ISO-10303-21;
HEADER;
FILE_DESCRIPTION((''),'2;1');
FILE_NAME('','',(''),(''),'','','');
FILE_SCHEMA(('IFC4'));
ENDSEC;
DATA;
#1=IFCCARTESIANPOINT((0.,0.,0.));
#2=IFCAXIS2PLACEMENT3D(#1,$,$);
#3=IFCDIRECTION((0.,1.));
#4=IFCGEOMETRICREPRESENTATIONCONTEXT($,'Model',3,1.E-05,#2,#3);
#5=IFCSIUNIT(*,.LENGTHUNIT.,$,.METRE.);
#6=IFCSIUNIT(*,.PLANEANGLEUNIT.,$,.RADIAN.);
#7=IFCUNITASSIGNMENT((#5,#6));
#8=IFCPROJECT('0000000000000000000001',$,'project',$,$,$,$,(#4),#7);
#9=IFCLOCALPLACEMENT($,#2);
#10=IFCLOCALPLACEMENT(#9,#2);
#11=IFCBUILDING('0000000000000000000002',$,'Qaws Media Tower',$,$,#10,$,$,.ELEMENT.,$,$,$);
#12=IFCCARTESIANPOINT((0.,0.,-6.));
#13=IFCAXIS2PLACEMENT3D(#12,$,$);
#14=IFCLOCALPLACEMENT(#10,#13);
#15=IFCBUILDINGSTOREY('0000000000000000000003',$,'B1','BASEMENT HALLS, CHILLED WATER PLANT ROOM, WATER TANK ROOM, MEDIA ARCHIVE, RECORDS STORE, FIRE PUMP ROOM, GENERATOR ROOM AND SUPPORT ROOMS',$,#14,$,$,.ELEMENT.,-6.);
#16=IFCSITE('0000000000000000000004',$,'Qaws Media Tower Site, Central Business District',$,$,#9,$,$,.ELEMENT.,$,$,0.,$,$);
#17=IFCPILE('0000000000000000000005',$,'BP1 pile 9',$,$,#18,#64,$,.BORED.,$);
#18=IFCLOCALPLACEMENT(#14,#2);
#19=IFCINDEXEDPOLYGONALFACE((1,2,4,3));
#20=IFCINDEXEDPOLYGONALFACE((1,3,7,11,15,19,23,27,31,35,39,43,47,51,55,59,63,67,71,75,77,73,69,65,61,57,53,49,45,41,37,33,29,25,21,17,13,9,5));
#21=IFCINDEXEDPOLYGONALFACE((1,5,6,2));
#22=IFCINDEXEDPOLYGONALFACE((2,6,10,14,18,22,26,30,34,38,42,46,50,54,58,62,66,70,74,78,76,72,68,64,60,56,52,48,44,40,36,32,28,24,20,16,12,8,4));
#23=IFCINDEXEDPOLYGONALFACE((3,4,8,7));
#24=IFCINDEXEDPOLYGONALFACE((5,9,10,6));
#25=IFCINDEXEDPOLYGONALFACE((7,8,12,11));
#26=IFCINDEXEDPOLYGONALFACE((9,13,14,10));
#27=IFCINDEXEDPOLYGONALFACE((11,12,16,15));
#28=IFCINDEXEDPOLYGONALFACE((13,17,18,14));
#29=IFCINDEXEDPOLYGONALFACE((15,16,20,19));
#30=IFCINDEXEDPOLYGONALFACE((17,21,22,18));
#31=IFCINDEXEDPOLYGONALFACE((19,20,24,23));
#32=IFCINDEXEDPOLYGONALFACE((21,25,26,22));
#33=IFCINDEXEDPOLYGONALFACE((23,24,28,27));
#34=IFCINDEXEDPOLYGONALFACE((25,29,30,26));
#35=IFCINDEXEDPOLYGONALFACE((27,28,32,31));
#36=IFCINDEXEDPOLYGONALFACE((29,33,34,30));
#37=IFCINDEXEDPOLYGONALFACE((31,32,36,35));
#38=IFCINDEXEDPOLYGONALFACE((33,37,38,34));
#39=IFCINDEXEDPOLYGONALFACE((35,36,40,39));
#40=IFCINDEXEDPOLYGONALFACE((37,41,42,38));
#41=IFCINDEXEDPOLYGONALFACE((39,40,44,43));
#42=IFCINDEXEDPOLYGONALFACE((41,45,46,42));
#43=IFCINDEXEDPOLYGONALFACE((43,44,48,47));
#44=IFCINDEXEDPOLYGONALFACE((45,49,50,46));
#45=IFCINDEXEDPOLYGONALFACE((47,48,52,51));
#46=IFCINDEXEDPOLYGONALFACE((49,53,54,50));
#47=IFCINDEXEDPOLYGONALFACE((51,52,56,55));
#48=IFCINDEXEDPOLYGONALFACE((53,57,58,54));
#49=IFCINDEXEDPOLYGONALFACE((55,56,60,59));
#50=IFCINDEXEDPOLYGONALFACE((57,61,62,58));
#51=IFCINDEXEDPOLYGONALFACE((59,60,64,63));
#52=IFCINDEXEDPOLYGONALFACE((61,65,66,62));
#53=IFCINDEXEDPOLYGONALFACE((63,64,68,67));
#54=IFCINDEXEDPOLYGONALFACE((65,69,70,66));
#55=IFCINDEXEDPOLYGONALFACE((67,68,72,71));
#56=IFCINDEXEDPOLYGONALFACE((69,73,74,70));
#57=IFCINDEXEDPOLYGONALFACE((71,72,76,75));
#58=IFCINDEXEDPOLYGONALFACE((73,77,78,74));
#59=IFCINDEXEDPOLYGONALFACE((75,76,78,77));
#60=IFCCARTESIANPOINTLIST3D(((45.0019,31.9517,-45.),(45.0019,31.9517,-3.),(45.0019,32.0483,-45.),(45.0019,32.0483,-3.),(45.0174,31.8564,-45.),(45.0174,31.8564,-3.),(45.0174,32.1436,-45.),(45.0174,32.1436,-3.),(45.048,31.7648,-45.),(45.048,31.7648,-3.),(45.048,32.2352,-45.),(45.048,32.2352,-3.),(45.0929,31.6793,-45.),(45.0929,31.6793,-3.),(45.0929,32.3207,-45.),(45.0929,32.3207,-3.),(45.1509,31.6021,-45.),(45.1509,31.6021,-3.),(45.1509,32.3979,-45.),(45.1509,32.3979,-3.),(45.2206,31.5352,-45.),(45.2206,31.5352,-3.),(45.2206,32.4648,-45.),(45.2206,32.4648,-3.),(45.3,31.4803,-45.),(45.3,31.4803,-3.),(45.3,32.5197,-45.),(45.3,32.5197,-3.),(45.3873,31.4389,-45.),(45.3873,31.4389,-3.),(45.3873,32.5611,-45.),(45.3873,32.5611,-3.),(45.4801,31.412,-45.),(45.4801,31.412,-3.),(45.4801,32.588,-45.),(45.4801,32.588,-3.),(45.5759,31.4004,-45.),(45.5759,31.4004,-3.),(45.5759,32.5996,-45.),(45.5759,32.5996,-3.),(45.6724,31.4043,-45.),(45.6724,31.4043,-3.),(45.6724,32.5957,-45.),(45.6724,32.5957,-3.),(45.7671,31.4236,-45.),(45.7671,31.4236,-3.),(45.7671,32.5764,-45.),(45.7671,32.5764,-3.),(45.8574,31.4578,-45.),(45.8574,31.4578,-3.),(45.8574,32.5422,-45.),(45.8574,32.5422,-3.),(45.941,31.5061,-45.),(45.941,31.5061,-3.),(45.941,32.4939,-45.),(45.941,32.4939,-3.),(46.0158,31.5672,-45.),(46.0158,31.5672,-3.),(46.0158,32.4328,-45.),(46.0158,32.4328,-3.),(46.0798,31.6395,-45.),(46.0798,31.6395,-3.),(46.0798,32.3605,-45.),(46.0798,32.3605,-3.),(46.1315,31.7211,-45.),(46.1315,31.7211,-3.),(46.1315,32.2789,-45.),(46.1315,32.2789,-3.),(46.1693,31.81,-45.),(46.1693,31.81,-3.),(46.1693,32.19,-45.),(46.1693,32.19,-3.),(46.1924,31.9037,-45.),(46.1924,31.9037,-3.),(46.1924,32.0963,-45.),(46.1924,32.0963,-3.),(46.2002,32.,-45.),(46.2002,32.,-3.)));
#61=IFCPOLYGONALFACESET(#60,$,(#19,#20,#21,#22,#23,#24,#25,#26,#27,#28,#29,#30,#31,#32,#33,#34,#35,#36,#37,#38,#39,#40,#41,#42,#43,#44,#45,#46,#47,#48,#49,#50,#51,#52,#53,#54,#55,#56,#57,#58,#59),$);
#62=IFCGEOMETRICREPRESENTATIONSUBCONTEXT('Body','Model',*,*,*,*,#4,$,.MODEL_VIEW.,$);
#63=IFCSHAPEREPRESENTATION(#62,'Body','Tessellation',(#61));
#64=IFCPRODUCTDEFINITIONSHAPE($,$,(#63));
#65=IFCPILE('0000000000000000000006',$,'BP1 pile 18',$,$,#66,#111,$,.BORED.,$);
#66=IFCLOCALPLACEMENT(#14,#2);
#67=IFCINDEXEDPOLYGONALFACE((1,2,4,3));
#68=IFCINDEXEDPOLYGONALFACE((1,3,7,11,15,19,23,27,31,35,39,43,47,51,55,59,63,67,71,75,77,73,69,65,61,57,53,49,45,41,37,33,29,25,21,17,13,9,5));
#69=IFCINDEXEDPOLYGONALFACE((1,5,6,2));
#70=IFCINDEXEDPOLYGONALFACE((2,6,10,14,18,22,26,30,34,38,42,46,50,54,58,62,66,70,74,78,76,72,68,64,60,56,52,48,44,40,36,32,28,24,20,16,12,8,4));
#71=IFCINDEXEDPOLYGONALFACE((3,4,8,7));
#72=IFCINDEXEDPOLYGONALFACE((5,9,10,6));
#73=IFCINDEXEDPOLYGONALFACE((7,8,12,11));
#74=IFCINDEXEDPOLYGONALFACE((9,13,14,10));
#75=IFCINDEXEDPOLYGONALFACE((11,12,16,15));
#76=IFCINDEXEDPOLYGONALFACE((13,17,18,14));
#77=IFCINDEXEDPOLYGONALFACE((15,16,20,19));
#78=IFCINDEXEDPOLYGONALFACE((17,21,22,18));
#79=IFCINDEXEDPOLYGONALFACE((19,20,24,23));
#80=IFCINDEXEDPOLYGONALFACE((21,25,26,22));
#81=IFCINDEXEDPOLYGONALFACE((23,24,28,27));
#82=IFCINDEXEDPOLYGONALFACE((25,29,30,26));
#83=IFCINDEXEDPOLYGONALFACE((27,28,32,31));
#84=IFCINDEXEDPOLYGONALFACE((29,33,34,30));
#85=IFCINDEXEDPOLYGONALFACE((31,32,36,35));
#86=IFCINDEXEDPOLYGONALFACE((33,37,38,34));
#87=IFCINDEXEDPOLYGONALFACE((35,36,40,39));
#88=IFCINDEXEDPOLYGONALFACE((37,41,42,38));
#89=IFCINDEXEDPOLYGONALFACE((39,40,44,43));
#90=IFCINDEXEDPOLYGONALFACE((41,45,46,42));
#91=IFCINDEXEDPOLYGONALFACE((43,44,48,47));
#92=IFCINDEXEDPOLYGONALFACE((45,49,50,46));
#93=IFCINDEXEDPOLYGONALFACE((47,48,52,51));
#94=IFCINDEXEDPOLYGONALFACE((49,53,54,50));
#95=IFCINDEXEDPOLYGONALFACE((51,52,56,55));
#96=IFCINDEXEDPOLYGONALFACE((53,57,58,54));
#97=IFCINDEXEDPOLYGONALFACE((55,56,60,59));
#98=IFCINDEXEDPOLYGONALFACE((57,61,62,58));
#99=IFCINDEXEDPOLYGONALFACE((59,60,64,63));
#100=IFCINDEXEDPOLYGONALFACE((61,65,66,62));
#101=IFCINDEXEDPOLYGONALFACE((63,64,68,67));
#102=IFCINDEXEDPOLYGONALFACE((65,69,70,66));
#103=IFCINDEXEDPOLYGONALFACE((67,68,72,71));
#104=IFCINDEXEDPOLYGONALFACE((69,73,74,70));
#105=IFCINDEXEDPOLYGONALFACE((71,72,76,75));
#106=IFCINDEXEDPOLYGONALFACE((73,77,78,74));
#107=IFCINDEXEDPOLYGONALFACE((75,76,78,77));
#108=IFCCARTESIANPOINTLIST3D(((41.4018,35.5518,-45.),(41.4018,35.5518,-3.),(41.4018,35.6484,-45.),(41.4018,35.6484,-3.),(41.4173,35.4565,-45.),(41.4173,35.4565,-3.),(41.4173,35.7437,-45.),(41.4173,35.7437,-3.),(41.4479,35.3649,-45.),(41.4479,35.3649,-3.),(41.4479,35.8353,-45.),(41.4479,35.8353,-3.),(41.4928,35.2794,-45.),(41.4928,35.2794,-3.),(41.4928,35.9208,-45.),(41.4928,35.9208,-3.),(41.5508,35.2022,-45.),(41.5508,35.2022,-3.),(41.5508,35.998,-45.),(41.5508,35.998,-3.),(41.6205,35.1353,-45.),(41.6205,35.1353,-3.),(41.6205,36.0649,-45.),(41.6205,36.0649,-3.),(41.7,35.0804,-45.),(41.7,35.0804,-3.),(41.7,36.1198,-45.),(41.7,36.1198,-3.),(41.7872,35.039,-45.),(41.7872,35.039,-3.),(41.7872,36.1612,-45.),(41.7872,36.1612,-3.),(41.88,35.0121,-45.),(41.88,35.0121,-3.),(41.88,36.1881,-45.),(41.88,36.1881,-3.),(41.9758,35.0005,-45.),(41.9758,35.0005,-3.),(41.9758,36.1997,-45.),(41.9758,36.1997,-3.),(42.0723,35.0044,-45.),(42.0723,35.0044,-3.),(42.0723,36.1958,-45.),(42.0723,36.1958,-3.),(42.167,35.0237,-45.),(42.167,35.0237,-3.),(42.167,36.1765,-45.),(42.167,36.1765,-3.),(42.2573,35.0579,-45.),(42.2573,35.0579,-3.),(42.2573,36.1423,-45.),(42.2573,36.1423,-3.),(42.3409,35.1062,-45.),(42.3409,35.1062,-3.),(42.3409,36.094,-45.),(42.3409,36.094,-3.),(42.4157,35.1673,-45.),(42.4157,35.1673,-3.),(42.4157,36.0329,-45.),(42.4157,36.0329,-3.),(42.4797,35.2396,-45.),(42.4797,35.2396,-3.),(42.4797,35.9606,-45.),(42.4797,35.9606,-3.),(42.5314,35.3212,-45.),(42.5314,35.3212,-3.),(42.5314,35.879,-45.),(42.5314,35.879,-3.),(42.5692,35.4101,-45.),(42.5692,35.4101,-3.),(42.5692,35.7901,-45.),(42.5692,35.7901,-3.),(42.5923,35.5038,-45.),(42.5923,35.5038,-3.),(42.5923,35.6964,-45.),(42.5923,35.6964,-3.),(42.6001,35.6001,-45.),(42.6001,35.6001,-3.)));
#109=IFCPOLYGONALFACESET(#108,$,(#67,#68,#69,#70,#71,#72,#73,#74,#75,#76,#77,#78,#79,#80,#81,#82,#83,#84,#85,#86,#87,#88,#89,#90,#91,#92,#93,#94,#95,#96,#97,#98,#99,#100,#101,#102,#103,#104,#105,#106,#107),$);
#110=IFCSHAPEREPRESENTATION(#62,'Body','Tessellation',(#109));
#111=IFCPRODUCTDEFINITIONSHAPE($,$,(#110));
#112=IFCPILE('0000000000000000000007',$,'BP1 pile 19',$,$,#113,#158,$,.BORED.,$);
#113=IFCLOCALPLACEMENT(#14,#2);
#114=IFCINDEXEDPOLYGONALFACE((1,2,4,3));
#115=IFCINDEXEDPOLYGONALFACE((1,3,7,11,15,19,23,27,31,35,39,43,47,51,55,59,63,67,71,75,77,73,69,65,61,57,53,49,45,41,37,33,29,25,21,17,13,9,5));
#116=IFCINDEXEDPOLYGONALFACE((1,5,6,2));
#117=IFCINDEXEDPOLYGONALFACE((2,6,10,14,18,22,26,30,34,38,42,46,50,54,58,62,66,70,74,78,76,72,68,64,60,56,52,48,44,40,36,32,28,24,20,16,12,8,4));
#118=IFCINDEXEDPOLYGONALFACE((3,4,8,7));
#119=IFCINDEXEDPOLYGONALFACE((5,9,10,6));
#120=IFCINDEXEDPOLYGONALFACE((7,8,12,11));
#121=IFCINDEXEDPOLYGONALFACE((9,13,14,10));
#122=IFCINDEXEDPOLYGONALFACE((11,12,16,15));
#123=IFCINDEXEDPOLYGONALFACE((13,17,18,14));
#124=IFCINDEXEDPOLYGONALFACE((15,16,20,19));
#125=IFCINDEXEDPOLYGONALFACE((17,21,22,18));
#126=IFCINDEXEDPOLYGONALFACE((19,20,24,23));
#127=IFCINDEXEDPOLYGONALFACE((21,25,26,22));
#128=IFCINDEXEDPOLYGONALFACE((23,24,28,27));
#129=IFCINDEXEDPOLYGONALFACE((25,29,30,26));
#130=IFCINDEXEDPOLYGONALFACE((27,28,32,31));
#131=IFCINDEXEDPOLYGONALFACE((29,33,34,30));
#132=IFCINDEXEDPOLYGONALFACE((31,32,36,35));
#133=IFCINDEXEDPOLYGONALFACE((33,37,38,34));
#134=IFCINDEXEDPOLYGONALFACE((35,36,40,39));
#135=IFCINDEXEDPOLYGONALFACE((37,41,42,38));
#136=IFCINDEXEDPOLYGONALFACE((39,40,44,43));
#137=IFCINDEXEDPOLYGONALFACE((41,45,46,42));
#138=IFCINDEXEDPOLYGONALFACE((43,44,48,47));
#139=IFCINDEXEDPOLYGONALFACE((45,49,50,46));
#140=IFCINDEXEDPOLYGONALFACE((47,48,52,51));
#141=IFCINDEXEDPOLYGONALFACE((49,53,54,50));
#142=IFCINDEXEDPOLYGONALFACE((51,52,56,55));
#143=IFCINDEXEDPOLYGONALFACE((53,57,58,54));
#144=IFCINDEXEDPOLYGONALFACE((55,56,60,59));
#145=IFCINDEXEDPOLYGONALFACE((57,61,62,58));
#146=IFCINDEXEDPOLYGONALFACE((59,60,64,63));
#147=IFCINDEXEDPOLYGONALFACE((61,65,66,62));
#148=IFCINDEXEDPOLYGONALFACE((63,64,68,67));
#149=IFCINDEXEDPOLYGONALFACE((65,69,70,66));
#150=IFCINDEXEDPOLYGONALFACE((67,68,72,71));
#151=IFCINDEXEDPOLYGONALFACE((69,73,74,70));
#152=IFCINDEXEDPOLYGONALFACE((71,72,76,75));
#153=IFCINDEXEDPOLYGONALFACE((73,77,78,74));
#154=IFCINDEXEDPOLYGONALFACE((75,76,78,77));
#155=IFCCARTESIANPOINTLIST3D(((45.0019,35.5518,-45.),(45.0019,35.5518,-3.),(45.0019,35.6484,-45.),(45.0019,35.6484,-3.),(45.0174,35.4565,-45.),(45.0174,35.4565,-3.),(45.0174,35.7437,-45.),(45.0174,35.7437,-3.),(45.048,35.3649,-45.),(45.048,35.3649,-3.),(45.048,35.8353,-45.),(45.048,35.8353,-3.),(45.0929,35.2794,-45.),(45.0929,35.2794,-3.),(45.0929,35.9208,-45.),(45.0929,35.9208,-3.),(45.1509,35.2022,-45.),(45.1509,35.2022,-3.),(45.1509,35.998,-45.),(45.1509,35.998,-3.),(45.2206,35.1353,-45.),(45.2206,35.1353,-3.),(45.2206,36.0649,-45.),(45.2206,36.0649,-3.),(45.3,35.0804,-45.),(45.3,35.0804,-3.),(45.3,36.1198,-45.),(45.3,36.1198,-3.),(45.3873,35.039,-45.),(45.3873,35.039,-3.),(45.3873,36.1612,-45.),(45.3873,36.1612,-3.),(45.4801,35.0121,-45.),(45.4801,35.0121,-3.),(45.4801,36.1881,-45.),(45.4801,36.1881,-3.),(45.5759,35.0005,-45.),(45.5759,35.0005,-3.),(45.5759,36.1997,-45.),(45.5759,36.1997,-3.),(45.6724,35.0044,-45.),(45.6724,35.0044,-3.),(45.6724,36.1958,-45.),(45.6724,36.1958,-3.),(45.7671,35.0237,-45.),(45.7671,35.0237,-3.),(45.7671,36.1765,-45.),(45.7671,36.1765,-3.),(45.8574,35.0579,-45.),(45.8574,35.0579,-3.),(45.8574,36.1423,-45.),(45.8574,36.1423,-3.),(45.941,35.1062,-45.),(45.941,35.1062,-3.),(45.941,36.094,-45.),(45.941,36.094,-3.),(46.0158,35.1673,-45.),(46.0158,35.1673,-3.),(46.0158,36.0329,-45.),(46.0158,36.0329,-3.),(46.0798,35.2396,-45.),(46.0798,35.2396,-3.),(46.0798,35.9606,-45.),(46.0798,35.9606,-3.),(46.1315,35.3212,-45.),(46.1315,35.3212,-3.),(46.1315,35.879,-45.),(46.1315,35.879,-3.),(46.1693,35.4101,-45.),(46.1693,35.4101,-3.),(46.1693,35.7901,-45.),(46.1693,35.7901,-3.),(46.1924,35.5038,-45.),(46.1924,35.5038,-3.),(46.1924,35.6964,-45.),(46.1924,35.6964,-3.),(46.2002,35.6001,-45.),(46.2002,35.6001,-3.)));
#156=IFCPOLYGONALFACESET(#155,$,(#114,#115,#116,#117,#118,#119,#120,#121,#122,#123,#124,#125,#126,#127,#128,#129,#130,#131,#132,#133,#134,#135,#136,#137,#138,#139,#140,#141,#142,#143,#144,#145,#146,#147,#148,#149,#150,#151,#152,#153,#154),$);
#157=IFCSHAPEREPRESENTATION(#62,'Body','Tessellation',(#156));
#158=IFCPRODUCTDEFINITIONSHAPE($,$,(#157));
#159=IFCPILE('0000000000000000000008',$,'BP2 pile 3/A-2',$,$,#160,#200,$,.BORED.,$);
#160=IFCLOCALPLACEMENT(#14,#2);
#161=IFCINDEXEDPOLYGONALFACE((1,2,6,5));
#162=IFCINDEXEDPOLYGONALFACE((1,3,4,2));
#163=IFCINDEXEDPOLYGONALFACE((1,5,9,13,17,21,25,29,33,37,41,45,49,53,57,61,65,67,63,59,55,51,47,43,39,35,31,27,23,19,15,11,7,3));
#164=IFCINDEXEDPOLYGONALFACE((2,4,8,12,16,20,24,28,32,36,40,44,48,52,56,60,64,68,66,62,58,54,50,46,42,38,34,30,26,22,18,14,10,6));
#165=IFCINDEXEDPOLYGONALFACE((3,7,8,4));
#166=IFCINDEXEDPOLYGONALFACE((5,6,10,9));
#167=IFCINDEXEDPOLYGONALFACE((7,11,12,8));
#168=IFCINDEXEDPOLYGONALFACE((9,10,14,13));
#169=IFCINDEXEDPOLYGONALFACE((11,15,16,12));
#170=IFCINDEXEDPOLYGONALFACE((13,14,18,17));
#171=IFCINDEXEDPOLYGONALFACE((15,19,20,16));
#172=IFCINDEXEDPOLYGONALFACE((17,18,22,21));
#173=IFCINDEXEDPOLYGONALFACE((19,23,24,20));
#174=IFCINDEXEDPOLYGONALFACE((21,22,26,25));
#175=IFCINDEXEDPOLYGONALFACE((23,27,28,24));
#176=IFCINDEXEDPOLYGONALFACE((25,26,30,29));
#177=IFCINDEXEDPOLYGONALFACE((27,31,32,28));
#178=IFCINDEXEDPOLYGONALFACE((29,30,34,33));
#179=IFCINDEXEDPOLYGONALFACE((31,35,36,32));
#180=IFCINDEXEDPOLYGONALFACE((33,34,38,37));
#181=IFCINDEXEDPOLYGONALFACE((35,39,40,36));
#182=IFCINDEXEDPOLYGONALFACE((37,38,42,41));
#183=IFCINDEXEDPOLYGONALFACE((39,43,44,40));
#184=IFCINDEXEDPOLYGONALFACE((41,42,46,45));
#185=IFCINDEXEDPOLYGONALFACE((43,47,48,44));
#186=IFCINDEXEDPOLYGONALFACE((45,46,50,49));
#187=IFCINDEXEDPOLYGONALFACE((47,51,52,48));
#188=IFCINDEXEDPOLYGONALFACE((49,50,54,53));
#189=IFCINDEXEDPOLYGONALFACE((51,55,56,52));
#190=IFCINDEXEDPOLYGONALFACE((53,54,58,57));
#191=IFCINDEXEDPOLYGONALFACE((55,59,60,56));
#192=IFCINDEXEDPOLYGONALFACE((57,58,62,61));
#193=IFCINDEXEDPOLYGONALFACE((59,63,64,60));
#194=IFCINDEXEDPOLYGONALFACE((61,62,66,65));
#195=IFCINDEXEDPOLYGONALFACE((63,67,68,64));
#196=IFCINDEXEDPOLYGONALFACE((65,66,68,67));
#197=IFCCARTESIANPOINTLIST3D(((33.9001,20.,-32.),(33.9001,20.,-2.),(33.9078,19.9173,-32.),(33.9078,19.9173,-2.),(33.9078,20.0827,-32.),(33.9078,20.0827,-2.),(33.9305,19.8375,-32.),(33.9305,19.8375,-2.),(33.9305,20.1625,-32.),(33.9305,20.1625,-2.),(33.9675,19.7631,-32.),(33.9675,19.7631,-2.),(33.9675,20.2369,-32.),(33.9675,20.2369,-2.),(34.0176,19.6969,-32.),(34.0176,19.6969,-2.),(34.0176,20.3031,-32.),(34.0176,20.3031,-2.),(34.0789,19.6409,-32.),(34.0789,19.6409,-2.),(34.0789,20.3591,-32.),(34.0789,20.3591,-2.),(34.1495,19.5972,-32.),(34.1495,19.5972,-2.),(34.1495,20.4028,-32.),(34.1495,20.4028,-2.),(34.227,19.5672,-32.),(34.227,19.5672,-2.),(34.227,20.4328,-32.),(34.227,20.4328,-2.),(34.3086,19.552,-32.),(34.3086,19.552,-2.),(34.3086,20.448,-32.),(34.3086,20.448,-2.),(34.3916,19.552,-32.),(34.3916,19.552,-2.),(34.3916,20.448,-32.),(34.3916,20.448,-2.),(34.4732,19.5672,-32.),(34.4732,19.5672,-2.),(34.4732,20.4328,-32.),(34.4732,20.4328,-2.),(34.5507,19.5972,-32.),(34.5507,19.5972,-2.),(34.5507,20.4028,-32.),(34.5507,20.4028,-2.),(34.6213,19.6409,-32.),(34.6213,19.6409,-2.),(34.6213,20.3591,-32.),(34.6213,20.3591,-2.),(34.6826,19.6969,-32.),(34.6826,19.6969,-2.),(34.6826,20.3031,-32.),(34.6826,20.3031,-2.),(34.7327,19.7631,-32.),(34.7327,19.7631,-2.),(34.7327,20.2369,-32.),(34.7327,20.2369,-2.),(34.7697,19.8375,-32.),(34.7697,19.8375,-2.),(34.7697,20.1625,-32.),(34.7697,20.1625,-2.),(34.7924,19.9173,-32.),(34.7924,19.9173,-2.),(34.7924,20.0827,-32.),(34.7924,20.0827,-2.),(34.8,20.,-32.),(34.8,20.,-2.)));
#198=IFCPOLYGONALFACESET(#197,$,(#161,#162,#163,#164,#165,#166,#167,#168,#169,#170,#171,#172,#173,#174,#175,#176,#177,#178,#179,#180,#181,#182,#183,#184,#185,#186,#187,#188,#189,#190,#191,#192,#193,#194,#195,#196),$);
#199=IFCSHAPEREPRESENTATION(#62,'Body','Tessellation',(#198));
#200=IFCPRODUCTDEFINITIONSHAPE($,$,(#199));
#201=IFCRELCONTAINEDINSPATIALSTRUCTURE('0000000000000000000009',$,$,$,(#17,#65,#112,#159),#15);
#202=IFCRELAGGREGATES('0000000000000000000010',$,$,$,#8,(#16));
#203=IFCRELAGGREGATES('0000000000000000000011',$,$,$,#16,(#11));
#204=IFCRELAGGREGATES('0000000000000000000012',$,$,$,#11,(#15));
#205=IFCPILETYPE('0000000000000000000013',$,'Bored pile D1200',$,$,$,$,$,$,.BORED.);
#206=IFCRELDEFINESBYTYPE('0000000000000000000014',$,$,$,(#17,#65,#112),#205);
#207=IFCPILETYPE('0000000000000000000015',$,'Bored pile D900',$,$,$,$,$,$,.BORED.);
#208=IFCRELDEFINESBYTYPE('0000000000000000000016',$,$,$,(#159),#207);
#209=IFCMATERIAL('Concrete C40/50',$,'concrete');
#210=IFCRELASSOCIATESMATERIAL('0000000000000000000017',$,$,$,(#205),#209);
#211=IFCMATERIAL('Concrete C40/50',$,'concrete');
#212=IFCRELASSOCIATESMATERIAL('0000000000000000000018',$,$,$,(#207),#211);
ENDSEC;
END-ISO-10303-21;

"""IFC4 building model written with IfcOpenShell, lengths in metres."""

from ifc_helpers import new_model, si_unit, direction, frame, origin, origin_2d, place, context, subcontext, project, spatial, circle, extrude, material, material_profile, profile_set, type_object, element, save


model = new_model("IFC4")

# Units and contexts
model_context = context("Model", 3, precision=1e-05, world=origin(), true_north=direction((0.0, 1.0)))
body_context = subcontext(model_context, "Body", "Model", "MODEL_VIEW")
ifc_project = project(units=[si_unit("LENGTHUNIT", "METRE"), si_unit("PLANEANGLEUNIT", "RADIAN")], contexts=[model_context])

# Site, building, storey
site_placement = place(None, origin())
site = spatial("IfcSite", under=ifc_project, at=site_placement, Name="Qaws Media Tower Site, Central Business District", CompositionType="ELEMENT", RefElevation=0.0)
building_placement = place(site_placement, origin())
building = spatial("IfcBuilding", under=site, at=building_placement, Name="Qaws Media Tower", CompositionType="ELEMENT")
storey_placement = place(building_placement, frame((0.0, 0.0, -6.0)))
storey = spatial("IfcBuildingStorey", under=building, at=storey_placement, Name="B1", Description="BASEMENT HALLS, CHILLED WATER PLANT ROOM, WATER TANK ROOM, MEDIA ARCHIVE, RECORDS STORE, FIRE PUMP ROOM, GENERATOR ROOM AND SUPPORT ROOMS", CompositionType="ELEMENT", Elevation=-6.0)

# Piles
ifc_material_1 = material(Name="Concrete C40/50", Category="concrete")
ifc_material_profile_1 = material_profile(ifc_material_1, circle(Radius=0.6001, at=origin_2d()), Name="D1200")
ifc_profile_set_1 = profile_set([ifc_material_profile_1], Name="Concrete C40/50")
pile_type_1 = type_object("IfcPileType", Name="Bored pile D1200", PredefinedType="BORED", material=ifc_profile_set_1)
for number, where, z_axis, x_axis, name in (
    (1, (45.6001, 32.0, -3.0), (0.0, 0.0, -1.0), (1.0, 0.0, 0.0), "BP1 pile 9"),
    (2, (42.0, 35.6001, -3.0), (0.0, 0.0, -1.0), (1.0, 0.0, 0.0), "BP1 pile 18"),
    (3, (45.6001, 35.6001, -3.0), (0.0, 0.0, -1.0), (1.0, 0.0, 0.0), "BP1 pile 19"),
):
    element("IfcPile", number, at=place(storey_placement, frame(where, z_axis=z_axis, x_axis=x_axis)), inside=storey, type_object=pile_type_1, Name=name, PredefinedType="BORED", context=body_context, shape_type="SweptSolid", body=[
        extrude(circle(Radius=0.6001, at=origin_2d()), origin(), (0.0, 0.0, 1.0), 42.0),
    ])
ifc_material_2 = material(Name="Concrete C40/50", Category="concrete")
ifc_material_profile_2 = material_profile(ifc_material_2, circle(Radius=0.45, at=origin_2d()), Name="D900")
ifc_profile_set_2 = profile_set([ifc_material_profile_2], Name="Concrete C40/50")
pile_type_2 = type_object("IfcPileType", Name="Bored pile D900", PredefinedType="BORED", material=ifc_profile_set_2)
for number, where, z_axis, x_axis, name in (
    (4, (34.3501, 20.0, -2.0), (0.0, 0.0, -1.0), (1.0, 0.0, 0.0), "BP2 pile 3/A-2"),
):
    element("IfcPile", number, at=place(storey_placement, frame(where, z_axis=z_axis, x_axis=x_axis)), inside=storey, type_object=pile_type_2, Name=name, PredefinedType="BORED", context=body_context, shape_type="SweptSolid", body=[
        extrude(circle(Radius=0.45, at=origin_2d()), origin(), (0.0, 0.0, 1.0), 30.0),
    ])

save(model, "model.ifc")
